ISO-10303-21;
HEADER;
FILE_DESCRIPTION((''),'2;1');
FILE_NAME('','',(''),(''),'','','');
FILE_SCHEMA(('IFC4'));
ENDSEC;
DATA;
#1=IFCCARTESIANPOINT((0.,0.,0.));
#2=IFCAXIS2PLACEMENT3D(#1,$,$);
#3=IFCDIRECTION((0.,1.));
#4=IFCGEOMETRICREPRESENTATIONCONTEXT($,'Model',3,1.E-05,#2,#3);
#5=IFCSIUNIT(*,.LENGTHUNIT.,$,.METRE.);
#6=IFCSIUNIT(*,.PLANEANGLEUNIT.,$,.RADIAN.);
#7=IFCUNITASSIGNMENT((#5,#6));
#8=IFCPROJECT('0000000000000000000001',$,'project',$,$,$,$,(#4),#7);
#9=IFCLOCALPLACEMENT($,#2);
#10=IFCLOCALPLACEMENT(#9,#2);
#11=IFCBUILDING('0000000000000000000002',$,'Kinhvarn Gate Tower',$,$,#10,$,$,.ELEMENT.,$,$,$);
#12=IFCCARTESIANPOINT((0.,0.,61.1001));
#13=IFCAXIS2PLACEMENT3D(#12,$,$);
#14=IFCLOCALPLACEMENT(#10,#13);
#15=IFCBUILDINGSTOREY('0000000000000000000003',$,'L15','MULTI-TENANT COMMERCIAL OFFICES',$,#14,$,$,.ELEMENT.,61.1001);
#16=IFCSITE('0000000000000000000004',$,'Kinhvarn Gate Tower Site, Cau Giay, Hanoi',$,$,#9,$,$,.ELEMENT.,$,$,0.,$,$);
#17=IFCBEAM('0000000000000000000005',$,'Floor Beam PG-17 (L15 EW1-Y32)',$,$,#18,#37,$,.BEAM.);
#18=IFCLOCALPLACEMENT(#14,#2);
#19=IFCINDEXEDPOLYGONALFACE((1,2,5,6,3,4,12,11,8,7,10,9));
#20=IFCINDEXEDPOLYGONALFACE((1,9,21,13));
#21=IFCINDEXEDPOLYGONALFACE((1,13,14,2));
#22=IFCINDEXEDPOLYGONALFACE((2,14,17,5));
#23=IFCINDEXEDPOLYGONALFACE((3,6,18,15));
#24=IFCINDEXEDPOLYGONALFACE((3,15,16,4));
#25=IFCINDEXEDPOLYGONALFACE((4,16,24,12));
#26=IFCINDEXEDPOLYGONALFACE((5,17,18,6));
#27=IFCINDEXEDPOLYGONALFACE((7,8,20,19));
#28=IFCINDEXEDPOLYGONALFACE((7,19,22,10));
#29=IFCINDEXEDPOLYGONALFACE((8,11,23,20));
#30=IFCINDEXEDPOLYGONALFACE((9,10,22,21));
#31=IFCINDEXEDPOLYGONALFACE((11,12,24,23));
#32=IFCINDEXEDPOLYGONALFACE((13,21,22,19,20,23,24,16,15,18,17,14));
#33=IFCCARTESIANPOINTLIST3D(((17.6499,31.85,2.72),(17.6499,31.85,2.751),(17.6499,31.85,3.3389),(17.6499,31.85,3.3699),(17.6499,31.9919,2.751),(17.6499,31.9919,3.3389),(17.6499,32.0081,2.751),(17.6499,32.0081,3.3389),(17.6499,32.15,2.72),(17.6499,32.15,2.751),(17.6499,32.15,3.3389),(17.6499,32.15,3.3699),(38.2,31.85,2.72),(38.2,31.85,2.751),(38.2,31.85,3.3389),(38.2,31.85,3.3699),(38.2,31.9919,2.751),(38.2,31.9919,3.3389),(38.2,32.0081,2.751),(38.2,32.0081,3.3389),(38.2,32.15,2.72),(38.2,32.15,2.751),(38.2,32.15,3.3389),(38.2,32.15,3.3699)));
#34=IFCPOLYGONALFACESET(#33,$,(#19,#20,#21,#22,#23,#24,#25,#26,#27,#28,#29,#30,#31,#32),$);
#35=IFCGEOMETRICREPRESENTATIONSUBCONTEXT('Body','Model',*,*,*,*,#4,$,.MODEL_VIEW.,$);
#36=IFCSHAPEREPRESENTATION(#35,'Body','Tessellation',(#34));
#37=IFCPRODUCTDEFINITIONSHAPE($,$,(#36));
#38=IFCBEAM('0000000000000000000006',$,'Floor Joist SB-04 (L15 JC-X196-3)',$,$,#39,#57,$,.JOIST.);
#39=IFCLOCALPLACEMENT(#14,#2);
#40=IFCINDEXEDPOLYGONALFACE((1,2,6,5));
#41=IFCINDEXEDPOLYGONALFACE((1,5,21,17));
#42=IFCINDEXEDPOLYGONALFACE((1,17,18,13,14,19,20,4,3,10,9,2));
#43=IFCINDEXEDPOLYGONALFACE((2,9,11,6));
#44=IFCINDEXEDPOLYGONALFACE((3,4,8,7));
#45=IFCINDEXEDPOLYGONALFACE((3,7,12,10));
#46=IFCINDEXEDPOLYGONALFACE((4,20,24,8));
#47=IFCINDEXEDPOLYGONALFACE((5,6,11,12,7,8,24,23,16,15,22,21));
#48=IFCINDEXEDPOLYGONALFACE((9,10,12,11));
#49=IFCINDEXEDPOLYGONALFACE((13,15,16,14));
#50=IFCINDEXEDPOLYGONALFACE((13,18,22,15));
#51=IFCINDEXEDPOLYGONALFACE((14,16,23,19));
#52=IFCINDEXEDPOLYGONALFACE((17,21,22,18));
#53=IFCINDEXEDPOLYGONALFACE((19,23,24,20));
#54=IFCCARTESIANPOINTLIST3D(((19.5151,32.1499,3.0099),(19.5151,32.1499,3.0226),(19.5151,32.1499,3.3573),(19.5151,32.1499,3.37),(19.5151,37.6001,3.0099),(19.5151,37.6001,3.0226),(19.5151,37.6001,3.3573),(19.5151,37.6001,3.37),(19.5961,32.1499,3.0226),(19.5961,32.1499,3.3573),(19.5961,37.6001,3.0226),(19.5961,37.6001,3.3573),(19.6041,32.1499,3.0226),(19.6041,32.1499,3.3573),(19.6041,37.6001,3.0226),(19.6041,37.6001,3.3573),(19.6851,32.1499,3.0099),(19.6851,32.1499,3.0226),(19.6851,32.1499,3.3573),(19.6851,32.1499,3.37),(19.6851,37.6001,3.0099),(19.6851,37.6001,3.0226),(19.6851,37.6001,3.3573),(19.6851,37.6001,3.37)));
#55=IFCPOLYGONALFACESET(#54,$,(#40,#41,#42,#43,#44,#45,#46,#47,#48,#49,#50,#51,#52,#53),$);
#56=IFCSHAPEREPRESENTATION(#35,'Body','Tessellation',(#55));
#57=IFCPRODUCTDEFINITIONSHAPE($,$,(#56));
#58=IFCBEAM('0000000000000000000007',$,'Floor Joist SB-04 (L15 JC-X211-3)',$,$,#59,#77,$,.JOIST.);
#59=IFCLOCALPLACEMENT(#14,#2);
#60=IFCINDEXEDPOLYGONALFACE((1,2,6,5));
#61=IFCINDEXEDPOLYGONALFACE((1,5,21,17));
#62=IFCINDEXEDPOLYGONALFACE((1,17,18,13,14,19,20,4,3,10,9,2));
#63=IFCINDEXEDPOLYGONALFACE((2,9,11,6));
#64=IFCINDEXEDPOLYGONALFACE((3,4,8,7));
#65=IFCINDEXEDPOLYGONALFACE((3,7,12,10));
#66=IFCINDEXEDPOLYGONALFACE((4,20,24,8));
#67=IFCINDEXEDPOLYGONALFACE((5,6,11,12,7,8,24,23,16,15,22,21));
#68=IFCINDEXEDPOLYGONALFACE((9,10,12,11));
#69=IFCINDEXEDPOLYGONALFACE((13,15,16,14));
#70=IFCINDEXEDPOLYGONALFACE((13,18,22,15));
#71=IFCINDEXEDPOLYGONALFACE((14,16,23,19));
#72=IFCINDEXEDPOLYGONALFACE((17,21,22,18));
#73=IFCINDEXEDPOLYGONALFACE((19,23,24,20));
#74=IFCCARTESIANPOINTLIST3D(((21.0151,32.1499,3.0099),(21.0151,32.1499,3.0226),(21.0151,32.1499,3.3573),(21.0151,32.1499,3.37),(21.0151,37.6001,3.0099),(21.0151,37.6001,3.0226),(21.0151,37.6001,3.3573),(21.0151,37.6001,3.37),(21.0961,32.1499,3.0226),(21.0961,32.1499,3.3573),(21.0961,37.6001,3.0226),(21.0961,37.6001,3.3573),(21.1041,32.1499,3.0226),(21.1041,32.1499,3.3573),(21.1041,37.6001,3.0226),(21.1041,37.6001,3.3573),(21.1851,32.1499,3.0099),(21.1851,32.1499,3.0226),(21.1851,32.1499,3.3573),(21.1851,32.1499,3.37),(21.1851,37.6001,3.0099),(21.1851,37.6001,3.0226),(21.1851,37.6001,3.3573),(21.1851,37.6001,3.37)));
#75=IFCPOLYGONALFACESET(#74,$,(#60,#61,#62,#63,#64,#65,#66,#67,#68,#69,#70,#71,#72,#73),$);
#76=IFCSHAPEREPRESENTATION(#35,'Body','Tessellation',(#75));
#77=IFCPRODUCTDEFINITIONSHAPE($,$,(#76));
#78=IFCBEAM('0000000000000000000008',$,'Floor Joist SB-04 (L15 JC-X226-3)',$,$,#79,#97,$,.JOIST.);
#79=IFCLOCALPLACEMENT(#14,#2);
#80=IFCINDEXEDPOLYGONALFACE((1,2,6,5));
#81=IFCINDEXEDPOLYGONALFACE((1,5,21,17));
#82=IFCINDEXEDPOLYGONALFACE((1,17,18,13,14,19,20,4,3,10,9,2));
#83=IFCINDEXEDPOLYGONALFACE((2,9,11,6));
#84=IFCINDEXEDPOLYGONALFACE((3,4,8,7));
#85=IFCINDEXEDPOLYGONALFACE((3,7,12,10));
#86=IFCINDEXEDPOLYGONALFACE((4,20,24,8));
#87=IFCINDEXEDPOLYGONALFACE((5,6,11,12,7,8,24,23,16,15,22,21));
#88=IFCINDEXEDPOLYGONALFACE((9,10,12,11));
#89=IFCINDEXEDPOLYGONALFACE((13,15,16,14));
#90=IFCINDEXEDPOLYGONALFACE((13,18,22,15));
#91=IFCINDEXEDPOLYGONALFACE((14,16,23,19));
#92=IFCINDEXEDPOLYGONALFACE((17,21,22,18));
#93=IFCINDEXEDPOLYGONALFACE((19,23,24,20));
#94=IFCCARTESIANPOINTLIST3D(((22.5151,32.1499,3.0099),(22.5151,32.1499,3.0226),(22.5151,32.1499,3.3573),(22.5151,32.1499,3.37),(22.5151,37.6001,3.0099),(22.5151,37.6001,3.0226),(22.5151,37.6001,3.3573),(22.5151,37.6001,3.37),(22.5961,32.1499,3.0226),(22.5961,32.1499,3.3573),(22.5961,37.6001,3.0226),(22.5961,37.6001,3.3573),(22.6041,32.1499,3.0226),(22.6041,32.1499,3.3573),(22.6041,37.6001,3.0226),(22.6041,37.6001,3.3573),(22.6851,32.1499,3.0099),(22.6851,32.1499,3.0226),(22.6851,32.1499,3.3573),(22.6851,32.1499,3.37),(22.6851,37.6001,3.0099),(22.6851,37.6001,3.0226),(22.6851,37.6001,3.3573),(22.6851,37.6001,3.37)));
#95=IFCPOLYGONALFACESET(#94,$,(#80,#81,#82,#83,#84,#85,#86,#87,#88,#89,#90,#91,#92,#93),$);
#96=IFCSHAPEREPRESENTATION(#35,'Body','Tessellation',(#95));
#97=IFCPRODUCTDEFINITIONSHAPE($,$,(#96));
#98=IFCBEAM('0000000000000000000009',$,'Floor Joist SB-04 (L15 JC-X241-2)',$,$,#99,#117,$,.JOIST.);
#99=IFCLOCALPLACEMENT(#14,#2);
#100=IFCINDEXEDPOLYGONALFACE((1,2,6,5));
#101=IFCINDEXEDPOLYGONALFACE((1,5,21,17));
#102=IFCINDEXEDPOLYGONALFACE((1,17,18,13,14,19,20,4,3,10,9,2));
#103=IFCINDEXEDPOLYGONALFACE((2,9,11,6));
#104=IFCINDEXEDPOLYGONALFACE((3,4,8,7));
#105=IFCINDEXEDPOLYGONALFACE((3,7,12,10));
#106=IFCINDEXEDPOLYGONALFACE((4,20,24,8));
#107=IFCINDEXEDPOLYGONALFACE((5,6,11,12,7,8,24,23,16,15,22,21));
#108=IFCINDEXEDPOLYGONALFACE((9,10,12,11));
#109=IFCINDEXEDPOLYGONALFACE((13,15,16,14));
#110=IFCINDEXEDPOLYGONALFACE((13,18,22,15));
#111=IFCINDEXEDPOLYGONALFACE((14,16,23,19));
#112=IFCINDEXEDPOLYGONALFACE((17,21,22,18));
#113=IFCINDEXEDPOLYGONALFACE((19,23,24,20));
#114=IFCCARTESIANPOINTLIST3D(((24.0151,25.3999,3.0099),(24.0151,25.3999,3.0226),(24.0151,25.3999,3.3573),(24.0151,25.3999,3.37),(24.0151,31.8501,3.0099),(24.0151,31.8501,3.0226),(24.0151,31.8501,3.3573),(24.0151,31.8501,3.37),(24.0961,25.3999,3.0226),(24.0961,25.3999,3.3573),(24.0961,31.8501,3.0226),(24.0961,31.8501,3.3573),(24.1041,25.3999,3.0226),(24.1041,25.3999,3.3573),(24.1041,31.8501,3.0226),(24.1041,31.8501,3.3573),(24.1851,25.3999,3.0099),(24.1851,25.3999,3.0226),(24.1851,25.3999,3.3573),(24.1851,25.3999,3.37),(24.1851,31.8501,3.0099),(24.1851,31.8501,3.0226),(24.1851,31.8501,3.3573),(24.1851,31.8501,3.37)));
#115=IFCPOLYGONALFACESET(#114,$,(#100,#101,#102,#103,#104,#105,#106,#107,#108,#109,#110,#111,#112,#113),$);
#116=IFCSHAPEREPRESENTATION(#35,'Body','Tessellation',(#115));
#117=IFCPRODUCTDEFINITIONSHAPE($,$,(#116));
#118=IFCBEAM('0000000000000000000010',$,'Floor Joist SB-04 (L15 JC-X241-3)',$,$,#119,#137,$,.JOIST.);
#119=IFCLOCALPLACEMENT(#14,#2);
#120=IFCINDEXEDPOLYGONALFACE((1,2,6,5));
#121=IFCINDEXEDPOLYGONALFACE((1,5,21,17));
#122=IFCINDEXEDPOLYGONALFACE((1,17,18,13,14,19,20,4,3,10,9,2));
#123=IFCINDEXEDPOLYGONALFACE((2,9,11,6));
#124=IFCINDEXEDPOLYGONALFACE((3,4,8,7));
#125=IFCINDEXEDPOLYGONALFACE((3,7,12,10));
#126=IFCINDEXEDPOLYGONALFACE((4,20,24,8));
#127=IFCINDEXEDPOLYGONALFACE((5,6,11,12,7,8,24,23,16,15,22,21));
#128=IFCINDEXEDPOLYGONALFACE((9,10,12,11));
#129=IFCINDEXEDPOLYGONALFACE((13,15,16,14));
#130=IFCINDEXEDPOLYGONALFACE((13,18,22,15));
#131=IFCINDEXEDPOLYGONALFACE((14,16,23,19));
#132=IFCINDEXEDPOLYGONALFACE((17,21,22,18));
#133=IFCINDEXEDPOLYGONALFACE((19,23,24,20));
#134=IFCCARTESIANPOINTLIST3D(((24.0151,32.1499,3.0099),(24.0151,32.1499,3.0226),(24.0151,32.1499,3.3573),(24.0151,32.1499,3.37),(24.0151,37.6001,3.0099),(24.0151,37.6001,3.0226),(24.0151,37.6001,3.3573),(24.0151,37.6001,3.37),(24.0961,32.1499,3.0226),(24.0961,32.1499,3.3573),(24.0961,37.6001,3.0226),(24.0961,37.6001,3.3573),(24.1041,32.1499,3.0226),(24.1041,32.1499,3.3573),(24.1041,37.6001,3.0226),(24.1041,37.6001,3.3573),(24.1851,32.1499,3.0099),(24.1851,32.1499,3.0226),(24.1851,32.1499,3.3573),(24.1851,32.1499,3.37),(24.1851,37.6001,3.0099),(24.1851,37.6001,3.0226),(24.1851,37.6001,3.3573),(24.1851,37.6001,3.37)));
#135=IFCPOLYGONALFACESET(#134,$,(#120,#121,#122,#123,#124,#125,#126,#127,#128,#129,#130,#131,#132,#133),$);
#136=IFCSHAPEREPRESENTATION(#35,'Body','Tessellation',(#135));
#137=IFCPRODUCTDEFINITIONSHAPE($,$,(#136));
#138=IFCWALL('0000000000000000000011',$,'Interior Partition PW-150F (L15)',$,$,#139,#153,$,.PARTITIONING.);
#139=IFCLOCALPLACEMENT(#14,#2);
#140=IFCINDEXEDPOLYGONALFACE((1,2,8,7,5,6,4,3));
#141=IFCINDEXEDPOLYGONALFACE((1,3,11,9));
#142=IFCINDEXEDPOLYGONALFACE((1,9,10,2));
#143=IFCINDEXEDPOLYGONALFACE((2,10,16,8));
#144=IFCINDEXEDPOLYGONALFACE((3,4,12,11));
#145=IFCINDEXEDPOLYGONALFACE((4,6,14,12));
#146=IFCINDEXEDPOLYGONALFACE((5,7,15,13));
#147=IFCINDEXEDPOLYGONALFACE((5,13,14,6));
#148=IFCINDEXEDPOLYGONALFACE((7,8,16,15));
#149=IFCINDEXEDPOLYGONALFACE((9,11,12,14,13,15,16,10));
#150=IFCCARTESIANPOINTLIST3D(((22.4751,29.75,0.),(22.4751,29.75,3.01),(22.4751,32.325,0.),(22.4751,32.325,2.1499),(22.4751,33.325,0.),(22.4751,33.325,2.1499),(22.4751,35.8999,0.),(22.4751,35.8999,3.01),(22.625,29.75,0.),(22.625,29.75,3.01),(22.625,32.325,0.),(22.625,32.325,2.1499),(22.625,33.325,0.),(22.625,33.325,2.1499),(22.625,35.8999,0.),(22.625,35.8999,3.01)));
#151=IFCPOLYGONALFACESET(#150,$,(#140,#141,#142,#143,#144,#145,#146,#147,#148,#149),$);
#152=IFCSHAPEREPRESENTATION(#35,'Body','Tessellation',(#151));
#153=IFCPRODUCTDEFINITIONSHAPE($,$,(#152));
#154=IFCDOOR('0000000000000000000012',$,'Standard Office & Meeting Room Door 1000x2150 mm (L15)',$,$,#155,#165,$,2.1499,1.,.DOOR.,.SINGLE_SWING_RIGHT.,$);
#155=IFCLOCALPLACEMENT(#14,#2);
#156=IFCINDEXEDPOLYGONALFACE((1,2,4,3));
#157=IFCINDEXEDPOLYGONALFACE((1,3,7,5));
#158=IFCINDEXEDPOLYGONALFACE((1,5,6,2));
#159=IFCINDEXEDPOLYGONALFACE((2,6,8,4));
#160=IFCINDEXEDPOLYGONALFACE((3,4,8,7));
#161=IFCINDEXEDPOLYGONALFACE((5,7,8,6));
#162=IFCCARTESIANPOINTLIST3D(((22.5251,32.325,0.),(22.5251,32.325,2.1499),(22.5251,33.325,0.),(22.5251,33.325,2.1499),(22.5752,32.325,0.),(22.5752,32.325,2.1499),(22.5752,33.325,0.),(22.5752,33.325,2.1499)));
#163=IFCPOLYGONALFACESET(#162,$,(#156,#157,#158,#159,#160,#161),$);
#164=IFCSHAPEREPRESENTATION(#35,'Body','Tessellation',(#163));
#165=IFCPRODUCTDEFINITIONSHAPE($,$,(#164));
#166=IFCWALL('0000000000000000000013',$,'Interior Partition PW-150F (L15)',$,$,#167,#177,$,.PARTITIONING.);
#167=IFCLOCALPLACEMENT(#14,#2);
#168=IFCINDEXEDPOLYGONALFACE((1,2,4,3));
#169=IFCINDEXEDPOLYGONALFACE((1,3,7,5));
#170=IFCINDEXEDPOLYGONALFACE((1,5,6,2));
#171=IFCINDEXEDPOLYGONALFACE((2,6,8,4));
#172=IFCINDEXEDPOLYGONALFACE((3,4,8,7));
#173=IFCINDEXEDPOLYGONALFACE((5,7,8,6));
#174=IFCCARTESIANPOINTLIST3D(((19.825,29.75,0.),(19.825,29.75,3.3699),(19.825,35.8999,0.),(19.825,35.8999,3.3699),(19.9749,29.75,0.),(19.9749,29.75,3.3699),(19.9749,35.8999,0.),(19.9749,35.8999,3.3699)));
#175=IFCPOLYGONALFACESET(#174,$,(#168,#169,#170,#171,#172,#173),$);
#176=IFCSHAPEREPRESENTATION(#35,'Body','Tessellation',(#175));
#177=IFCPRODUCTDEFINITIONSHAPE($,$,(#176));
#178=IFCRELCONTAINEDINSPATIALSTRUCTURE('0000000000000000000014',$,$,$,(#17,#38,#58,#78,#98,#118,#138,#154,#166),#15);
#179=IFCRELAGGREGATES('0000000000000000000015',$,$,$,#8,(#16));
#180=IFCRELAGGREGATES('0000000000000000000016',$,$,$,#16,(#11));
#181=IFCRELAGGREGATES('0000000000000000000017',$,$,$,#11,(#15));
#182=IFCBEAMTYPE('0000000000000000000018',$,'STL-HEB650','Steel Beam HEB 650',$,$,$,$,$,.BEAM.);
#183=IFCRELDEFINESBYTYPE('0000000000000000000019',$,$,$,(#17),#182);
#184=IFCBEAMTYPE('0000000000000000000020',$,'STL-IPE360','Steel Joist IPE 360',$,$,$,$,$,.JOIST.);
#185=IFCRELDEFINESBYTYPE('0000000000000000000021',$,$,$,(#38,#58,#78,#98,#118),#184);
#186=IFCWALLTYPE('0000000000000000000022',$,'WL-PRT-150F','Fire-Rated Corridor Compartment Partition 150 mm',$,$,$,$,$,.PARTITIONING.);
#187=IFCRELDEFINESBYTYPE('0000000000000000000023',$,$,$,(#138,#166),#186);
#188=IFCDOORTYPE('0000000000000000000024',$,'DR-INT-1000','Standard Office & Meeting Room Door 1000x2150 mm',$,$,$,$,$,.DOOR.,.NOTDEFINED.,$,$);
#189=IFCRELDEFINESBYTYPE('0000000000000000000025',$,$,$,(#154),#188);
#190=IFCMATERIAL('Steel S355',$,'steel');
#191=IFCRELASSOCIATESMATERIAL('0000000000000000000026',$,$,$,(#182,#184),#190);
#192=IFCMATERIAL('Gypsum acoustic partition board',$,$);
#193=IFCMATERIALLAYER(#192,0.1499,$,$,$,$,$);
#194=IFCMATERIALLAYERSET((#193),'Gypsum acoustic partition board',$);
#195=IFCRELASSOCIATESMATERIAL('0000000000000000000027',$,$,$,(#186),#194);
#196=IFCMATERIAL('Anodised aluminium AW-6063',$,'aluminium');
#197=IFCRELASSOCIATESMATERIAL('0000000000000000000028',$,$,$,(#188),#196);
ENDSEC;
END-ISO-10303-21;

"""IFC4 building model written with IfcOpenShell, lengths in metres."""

from ifc_helpers import new_model, si_unit, direction, frame, frame_2d, origin, origin_2d, place, context, subcontext, project, spatial, rectangle, i_section, extrude, material, layer, layer_set, material_profile, profile_set, type_object, element, fill, save


model = new_model("IFC4")

# Units and contexts
model_context = context("Model", 3, precision=1e-05, world=origin(), true_north=direction((0.0, 1.0)))
body_context = subcontext(model_context, "Body", "Model", "MODEL_VIEW")
ifc_project = project(units=[si_unit("LENGTHUNIT", "METRE"), si_unit("PLANEANGLEUNIT", "RADIAN")], contexts=[model_context])

# Site, building, storey
site_placement = place(None, origin())
site = spatial("IfcSite", under=ifc_project, at=site_placement, Name="Kinhvarn Gate Tower Site, Cau Giay, Hanoi", CompositionType="ELEMENT", RefElevation=0.0)
building_placement = place(site_placement, origin())
building = spatial("IfcBuilding", under=site, at=building_placement, Name="Kinhvarn Gate Tower", CompositionType="ELEMENT")
storey_placement = place(building_placement, frame((0.0, 0.0, 61.1001)))
storey = spatial("IfcBuildingStorey", under=building, at=storey_placement, Name="L15", Description="MULTI-TENANT COMMERCIAL OFFICES", CompositionType="ELEMENT", Elevation=61.1001)

# Beams
ifc_material_1 = material(Name="Steel S355", Category="steel")
ifc_material_profile_1 = material_profile(ifc_material_1, i_section(OverallWidth=0.3, OverallDepth=0.6499, WebThickness=0.0161, FlangeThickness=0.031, at=origin_2d()), Name="HEB 650")
ifc_profile_set_1 = profile_set([ifc_material_profile_1], Name="Steel S355")
beam_type_1 = type_object("IfcBeamType", Name="STL-HEB650", Description="Steel Beam HEB 650", PredefinedType="BEAM", material=ifc_profile_set_1)
beam_1_placement = place(storey_placement, frame((17.6499, 32.0, 3.0449), z_axis=(1.0, 0.0, 0.0), x_axis=(0.0, 1.0, 0.0)))
element("IfcBeam", 1, at=beam_1_placement, inside=storey, type_object=beam_type_1, Name="Floor Beam PG-17 (L15 EW1-Y32)", PredefinedType="BEAM", context=body_context, shape_type="SweptSolid", body=[
    extrude(i_section(OverallWidth=0.3, OverallDepth=0.6499, WebThickness=0.0161, FlangeThickness=0.031, at=origin_2d()), origin(), (0.0, 0.0, 1.0), 20.55),
])
ifc_material_profile_2 = material_profile(ifc_material_1, i_section(OverallWidth=0.1699, OverallDepth=0.3601, WebThickness=0.0081, FlangeThickness=0.0127, at=origin_2d()), Name="IPE 360")
ifc_profile_set_2 = profile_set([ifc_material_profile_2], Name="Steel S355")
beam_type_2 = type_object("IfcBeamType", Name="STL-IPE360", Description="Steel Joist IPE 360", PredefinedType="JOIST", material=ifc_profile_set_2)
for number, where, z_axis, x_axis, name in (
    (2, (19.6001, 32.1499, 3.1899), (0.0, 1.0, 0.0), (-1.0, 0.0, 0.0), "Floor Joist SB-04 (L15 JC-X196-3)"),
    (3, (21.1001, 32.1499, 3.1899), (0.0, 1.0, 0.0), (-1.0, 0.0, 0.0), "Floor Joist SB-04 (L15 JC-X211-3)"),
    (4, (22.6001, 32.1499, 3.1899), (0.0, 1.0, 0.0), (-1.0, 0.0, 0.0), "Floor Joist SB-04 (L15 JC-X226-3)"),
):
    element("IfcBeam", number, at=place(storey_placement, frame(where, z_axis=z_axis, x_axis=x_axis)), inside=storey, type_object=beam_type_2, Name=name, PredefinedType="JOIST", context=body_context, shape_type="SweptSolid", body=[
        extrude(i_section(OverallWidth=0.1699, OverallDepth=0.3601, WebThickness=0.0081, FlangeThickness=0.0127, at=origin_2d()), origin(), (0.0, 0.0, 1.0), 5.4502),
    ])
beam_2_placement = place(storey_placement, frame((24.1001, 25.3999, 3.1899), z_axis=(0.0, 1.0, 0.0), x_axis=(-1.0, 0.0, 0.0)))
element("IfcBeam", 5, at=beam_2_placement, inside=storey, type_object=beam_type_2, Name="Floor Joist SB-04 (L15 JC-X241-2)", PredefinedType="JOIST", context=body_context, shape_type="SweptSolid", body=[
    extrude(i_section(OverallWidth=0.1699, OverallDepth=0.3601, WebThickness=0.0081, FlangeThickness=0.0127, at=origin_2d()), origin(), (0.0, 0.0, 1.0), 6.4502),
])
beam_3_placement = place(storey_placement, frame((24.1001, 32.1499, 3.1899), z_axis=(0.0, 1.0, 0.0), x_axis=(-1.0, 0.0, 0.0)))
element("IfcBeam", 6, at=beam_3_placement, inside=storey, type_object=beam_type_2, Name="Floor Joist SB-04 (L15 JC-X241-3)", PredefinedType="JOIST", context=body_context, shape_type="SweptSolid", body=[
    extrude(i_section(OverallWidth=0.1699, OverallDepth=0.3601, WebThickness=0.0081, FlangeThickness=0.0127, at=origin_2d()), origin(), (0.0, 0.0, 1.0), 5.4502),
])

# Wall, opening, door
ifc_material_2 = material(Name="Anodised aluminium AW-6063", Category="aluminium")
ifc_material_3 = material(Name="Gypsum acoustic partition board")
ifc_layer_1 = layer(ifc_material_3, 0.1499)
ifc_layer_set_1 = layer_set([ifc_layer_1], Name="Gypsum acoustic partition board")
wall_type_1 = type_object("IfcWallType", Name="WL-PRT-150F", Description="Fire-Rated Corridor Compartment Partition 150 mm", PredefinedType="PARTITIONING", material=ifc_layer_set_1)
wall_1_placement = place(storey_placement, frame((22.55, 29.75, 0.0), z_axis=(0.0, 0.0, 1.0), x_axis=(0.0, 1.0, 0.0)))
wall_1 = element("IfcWall", 7, at=wall_1_placement, inside=storey, type_object=wall_type_1, Name="Interior Partition PW-150F (L15)", PredefinedType="PARTITIONING", context=body_context, shape_type="SweptSolid", body=[
    extrude(rectangle(XDim=6.1499, YDim=0.1499, at=frame_2d((3.075, 0.0))), origin(), (0.0, 0.0, 1.0), 3.01),
])
opening_1_placement = place(wall_1_placement, frame((2.575, 0.0, 0.0)))
opening_1 = element("IfcOpeningElement", 8, at=opening_1_placement, cuts=wall_1, PredefinedType="OPENING", context=body_context, shape_type="SweptSolid", body=[
    extrude(rectangle(XDim=1.0, YDim=2.1499, at=frame_2d((0.5, 1.075))), frame((0.0, 0.085, 0.0), z_axis=(0.0, -1.0, 0.0), x_axis=(1.0, 0.0, 0.0)), (0.0, 0.0, 1.0), 0.1699),
])
door_type_1 = type_object("IfcDoorType", Name="DR-INT-1000", Description="Standard Office & Meeting Room Door 1000x2150 mm", OperationType="NOTDEFINED", PredefinedType="DOOR", material=ifc_material_2)
door_1_placement = place(opening_1_placement, origin())
door_1 = element("IfcDoor", 9, at=door_1_placement, inside=storey, type_object=door_type_1, Name="Standard Office & Meeting Room Door 1000x2150 mm (L15)", OperationType="SINGLE_SWING_RIGHT", OverallHeight=2.1499, OverallWidth=1.0, PredefinedType="DOOR", context=body_context, shape_type="SweptSolid", body=[
    extrude(rectangle(XDim=1.0, YDim=2.1499, at=frame_2d((0.5, 1.075))), frame((0.0, 0.0249, 0.0), z_axis=(0.0, -1.0, 0.0), x_axis=(1.0, 0.0, 0.0)), (0.0, 0.0, 1.0), 0.05),
])
fill(opening_1, door_1)

# Wall
wall_2_placement = place(storey_placement, frame((19.8999, 29.75, 0.0), z_axis=(0.0, 0.0, 1.0), x_axis=(0.0, 1.0, 0.0)))
element("IfcWall", 10, at=wall_2_placement, inside=storey, type_object=wall_type_1, Name="Interior Partition PW-150F (L15)", PredefinedType="PARTITIONING", context=body_context, shape_type="SweptSolid", body=[
    extrude(rectangle(XDim=6.1499, YDim=0.1499, at=frame_2d((3.075, 0.0))), origin(), (0.0, 0.0, 1.0), 3.3699),
])

save(model, "model.ifc")
